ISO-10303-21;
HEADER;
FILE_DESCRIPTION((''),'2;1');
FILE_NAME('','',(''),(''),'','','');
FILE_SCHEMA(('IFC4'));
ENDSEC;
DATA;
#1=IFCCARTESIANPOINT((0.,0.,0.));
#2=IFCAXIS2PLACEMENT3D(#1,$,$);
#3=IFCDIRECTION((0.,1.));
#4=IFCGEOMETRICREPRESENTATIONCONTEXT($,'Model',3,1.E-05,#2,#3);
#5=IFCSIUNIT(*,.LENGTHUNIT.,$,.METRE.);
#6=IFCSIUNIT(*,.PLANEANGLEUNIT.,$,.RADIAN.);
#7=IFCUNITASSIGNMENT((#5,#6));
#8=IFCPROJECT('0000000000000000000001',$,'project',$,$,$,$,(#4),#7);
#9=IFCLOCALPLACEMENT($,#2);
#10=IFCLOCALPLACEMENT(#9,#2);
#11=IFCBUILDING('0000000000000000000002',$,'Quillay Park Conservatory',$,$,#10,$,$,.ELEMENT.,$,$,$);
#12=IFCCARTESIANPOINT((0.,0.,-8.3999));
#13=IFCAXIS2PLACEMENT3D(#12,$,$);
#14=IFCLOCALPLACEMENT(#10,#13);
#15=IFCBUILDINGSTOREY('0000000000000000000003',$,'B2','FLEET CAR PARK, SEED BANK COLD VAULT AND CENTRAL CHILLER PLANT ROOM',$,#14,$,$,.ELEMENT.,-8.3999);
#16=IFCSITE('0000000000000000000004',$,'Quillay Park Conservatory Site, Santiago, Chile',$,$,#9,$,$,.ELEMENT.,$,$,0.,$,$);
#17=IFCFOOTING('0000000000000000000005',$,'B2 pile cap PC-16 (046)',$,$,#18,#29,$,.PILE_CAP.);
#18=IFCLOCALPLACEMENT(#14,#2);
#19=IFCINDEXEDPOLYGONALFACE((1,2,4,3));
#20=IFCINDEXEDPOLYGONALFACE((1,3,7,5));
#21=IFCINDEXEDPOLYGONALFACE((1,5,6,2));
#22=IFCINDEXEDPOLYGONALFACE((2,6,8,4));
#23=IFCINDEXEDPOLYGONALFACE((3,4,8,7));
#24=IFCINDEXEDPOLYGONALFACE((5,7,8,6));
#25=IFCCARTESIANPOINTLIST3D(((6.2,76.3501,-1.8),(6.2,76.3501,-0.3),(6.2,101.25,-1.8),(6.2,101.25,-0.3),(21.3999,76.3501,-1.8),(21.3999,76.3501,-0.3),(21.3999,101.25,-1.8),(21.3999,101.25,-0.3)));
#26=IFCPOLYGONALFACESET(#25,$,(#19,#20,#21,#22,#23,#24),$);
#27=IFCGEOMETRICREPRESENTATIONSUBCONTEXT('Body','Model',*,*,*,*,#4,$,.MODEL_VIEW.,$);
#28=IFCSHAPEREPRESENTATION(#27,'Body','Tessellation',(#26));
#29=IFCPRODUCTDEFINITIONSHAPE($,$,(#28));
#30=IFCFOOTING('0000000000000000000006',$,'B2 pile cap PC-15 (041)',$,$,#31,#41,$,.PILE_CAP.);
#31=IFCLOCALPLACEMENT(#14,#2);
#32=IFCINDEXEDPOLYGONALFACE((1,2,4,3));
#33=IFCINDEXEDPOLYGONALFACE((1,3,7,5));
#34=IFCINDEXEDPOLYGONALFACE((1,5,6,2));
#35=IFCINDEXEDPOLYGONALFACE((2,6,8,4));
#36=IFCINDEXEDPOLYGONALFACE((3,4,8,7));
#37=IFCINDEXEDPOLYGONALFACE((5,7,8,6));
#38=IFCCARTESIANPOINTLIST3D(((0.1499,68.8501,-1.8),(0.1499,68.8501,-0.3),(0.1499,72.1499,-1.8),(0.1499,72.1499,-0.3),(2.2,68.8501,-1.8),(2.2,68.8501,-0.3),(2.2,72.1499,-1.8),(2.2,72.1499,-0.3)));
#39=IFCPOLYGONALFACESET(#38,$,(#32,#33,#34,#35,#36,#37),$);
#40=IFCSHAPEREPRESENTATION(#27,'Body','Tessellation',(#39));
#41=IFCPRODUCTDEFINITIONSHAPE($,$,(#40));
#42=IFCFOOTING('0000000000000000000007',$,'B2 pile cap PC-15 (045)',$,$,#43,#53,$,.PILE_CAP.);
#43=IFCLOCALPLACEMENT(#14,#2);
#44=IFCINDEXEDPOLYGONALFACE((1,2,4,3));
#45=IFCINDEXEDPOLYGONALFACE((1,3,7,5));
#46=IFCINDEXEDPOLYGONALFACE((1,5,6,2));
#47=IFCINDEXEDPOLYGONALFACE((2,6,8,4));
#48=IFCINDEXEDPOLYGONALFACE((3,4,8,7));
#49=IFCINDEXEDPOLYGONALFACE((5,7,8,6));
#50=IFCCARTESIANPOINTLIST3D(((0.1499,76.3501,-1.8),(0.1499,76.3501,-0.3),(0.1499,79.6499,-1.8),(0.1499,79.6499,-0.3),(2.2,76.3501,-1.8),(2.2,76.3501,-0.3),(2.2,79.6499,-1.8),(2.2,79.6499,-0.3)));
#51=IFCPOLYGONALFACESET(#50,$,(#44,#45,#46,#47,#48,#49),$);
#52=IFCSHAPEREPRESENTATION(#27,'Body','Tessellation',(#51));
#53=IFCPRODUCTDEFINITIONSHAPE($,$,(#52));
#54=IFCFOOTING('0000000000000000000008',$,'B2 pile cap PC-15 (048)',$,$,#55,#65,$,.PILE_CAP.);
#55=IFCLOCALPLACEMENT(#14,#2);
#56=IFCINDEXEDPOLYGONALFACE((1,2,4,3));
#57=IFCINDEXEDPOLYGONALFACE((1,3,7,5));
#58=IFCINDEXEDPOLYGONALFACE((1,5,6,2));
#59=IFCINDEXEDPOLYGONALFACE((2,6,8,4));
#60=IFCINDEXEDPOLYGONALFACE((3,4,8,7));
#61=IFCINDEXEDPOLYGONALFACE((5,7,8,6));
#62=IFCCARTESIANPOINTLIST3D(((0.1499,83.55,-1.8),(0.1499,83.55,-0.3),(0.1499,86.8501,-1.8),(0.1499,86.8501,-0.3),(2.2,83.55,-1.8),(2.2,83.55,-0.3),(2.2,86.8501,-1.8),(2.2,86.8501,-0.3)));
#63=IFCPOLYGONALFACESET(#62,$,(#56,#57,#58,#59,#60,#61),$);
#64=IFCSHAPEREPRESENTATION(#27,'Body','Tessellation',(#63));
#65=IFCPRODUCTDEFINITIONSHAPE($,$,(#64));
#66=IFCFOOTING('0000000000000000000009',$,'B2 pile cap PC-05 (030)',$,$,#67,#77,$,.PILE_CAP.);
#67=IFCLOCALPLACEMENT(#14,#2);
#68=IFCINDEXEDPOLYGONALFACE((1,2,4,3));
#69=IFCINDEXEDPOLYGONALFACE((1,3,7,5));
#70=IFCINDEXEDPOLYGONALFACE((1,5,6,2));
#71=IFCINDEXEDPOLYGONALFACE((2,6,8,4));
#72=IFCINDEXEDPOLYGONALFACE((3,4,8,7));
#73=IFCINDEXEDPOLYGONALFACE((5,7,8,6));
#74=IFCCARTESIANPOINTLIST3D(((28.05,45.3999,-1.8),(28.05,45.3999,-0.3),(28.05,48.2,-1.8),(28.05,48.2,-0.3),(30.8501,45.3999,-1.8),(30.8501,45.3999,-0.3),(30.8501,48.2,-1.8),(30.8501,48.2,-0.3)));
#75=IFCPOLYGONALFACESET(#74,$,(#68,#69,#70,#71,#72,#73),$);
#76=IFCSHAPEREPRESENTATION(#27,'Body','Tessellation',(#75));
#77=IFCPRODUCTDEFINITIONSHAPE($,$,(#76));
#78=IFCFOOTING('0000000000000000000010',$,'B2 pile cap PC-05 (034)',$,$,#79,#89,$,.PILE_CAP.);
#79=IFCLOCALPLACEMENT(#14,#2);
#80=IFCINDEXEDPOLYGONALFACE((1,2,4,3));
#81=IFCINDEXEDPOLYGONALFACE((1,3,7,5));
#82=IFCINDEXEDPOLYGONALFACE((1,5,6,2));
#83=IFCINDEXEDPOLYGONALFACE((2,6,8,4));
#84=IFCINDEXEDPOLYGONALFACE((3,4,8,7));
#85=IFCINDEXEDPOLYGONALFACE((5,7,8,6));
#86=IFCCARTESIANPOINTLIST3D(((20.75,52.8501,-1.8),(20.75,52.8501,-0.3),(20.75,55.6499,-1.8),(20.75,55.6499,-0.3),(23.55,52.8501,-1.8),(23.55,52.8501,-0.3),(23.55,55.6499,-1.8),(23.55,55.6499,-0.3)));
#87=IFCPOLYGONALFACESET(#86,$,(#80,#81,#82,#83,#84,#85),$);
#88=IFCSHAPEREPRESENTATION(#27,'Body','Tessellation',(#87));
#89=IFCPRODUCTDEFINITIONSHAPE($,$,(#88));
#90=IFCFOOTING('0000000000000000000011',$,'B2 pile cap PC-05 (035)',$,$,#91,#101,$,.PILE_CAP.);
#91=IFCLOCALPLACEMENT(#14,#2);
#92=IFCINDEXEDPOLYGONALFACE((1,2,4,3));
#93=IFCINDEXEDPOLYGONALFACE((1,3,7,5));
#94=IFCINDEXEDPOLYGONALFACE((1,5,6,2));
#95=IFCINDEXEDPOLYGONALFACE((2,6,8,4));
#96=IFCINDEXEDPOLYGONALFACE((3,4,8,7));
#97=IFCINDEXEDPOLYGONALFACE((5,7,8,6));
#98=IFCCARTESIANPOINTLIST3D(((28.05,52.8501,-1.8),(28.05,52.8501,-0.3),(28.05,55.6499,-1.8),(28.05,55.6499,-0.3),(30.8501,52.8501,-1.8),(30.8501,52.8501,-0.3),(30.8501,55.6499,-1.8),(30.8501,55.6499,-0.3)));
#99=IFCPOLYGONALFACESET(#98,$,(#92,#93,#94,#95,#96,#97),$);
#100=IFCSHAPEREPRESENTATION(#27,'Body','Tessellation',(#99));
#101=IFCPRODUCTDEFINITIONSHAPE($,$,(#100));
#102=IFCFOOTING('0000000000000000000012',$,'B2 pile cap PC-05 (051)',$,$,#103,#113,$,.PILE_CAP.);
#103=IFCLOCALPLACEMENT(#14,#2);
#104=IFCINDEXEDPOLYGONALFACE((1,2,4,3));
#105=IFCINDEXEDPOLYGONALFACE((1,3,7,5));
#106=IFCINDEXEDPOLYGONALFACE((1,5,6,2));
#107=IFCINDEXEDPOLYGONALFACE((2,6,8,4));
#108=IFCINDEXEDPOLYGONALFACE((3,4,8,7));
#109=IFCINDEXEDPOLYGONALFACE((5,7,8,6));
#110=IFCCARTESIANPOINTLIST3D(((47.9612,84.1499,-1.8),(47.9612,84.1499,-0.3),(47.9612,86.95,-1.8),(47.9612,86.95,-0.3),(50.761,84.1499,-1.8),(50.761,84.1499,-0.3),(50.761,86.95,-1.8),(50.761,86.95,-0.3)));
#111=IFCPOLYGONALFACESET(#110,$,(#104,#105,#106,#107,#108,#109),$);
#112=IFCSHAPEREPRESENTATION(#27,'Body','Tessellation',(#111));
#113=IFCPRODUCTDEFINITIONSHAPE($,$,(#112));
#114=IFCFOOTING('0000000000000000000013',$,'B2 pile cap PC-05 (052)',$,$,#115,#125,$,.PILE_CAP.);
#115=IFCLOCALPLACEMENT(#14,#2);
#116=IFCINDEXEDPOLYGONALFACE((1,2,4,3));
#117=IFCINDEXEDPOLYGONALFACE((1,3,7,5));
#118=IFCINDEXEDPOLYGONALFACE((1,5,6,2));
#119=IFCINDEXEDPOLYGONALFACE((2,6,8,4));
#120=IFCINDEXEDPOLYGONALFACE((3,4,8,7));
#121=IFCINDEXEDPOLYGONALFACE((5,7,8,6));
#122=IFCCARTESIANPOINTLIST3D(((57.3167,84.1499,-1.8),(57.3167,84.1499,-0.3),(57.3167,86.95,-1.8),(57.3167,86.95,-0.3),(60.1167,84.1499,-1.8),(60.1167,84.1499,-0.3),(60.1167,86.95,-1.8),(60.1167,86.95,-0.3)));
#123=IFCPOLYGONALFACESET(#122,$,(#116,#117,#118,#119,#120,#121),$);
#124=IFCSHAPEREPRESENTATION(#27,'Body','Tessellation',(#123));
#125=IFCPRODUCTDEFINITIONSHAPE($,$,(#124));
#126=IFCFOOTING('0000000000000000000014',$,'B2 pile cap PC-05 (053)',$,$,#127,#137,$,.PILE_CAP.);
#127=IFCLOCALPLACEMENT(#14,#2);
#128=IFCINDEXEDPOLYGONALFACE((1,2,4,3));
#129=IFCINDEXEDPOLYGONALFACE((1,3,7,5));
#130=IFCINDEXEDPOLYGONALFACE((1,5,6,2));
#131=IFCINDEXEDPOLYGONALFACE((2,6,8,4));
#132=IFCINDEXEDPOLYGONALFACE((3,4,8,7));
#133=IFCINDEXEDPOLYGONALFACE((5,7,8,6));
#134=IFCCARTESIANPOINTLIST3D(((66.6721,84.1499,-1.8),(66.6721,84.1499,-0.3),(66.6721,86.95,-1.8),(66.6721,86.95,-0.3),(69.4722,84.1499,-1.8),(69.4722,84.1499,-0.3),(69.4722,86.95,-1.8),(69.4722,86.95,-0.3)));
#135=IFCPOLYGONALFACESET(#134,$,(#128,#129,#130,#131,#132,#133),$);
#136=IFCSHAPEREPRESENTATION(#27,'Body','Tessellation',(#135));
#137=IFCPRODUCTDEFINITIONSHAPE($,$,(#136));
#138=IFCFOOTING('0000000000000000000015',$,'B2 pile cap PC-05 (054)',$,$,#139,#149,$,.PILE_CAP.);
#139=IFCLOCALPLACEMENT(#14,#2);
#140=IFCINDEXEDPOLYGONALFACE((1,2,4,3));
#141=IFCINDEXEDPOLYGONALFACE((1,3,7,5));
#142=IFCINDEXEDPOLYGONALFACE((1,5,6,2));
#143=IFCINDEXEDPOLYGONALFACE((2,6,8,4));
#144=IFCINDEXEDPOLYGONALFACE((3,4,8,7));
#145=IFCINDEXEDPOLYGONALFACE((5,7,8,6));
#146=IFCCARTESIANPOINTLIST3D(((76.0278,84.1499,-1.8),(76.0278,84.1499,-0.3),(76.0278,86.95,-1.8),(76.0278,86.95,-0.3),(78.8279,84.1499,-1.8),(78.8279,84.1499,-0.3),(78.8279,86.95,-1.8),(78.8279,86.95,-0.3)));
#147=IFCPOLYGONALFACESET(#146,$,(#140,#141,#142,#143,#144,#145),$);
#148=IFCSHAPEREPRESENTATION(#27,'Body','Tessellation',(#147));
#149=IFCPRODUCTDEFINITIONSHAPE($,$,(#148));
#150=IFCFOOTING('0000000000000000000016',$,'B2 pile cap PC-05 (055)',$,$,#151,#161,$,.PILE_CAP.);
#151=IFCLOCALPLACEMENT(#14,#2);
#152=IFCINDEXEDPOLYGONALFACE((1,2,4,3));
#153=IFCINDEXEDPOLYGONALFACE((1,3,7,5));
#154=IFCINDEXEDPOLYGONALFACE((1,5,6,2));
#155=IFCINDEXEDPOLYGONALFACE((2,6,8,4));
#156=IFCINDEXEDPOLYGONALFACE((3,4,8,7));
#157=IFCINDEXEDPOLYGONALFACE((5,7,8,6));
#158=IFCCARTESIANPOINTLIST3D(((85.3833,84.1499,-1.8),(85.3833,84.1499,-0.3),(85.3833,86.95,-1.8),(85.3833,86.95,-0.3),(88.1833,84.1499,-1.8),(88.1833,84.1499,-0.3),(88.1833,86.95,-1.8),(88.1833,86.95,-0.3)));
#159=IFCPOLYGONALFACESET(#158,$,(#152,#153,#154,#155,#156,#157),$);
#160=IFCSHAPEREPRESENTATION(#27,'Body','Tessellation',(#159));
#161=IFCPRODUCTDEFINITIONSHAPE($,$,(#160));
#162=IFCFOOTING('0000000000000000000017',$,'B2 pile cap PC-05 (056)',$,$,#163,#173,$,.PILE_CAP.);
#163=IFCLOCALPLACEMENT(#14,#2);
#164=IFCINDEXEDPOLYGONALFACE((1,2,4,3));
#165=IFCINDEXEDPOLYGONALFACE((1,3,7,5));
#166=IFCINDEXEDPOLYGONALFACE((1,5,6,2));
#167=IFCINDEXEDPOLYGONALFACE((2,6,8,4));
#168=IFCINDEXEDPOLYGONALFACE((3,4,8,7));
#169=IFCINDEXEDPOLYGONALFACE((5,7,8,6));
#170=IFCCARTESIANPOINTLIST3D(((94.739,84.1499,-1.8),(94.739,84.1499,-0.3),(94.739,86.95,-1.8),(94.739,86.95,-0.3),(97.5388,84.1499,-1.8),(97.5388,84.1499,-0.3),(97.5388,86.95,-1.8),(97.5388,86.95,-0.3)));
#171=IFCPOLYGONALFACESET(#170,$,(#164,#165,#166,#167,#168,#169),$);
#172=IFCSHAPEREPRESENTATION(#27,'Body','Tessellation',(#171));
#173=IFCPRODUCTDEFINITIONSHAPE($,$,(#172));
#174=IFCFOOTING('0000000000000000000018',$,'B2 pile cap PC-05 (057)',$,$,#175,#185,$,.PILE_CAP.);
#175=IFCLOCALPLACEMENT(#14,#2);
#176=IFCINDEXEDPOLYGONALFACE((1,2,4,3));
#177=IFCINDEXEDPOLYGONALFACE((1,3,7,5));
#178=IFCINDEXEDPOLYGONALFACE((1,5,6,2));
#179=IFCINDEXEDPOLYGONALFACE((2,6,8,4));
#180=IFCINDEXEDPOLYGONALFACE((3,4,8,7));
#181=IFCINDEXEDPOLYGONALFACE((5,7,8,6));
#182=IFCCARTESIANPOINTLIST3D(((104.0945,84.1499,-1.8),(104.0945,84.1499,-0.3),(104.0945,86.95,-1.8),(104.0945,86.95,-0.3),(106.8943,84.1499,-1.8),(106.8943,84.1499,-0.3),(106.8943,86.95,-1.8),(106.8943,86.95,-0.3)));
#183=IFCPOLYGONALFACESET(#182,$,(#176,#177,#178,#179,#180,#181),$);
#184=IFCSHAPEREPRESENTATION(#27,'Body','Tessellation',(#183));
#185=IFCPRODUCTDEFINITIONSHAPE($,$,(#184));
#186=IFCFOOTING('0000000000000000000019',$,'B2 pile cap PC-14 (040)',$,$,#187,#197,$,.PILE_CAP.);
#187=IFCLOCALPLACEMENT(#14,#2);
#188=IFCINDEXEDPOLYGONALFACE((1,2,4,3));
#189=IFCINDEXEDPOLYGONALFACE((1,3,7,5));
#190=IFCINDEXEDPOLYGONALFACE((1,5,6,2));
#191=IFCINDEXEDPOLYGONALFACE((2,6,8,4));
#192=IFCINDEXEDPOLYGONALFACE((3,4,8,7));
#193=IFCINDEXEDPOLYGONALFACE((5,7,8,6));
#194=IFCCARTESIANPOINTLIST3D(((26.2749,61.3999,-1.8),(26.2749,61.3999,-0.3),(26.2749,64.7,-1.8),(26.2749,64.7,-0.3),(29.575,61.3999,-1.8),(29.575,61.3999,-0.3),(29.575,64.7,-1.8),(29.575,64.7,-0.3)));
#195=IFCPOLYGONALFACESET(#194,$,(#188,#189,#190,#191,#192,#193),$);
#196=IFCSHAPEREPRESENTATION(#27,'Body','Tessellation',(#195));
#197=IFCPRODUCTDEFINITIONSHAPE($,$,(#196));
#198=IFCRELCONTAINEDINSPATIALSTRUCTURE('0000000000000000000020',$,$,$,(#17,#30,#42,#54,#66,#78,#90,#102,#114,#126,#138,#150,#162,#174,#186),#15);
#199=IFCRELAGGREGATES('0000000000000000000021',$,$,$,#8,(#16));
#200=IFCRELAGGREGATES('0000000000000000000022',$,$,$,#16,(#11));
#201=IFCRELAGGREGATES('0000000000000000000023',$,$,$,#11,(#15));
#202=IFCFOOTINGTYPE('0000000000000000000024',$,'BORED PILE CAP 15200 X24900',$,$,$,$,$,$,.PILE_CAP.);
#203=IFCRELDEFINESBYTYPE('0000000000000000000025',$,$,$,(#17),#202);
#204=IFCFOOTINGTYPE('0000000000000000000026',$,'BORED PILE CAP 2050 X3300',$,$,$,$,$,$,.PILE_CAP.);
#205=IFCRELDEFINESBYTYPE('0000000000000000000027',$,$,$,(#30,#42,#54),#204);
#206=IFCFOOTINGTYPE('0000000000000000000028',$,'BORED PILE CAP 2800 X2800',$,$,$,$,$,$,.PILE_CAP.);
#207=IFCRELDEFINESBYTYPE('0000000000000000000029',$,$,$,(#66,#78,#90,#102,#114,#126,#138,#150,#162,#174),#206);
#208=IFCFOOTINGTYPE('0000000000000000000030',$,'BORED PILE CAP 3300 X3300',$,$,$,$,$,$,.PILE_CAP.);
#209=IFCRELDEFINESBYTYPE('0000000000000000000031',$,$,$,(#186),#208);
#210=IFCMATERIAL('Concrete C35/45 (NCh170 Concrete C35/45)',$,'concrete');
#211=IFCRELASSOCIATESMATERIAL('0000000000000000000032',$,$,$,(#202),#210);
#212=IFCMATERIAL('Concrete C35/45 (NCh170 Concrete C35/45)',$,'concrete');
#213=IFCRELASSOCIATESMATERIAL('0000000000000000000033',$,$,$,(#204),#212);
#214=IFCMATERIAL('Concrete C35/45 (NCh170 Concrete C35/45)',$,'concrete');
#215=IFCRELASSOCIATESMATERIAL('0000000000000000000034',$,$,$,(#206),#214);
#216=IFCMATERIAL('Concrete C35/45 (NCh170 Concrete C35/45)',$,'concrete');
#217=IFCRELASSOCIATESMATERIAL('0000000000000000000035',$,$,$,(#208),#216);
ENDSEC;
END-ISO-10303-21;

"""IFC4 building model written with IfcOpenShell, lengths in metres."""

from ifc_helpers import new_model, si_unit, direction, frame, origin, place, context, subcontext, project, spatial, polyline, outline, extrude, material, type_object, element, save


model = new_model("IFC4")

# Units and contexts
model_context = context("Model", 3, precision=1e-05, world=origin(), true_north=direction((0.0, 1.0)))
body_context = subcontext(model_context, "Body", "Model", "MODEL_VIEW")
ifc_project = project(units=[si_unit("LENGTHUNIT", "METRE"), si_unit("PLANEANGLEUNIT", "RADIAN")], contexts=[model_context])

# Site, building, storey
site_placement = place(None, origin())
site = spatial("IfcSite", under=ifc_project, at=site_placement, Name="Quillay Park Conservatory Site, Santiago, Chile", CompositionType="ELEMENT", RefElevation=0.0)
building_placement = place(site_placement, origin())
building = spatial("IfcBuilding", under=site, at=building_placement, Name="Quillay Park Conservatory", CompositionType="ELEMENT")
storey_placement = place(building_placement, frame((0.0, 0.0, -8.3999)))
storey = spatial("IfcBuildingStorey", under=building, at=storey_placement, Name="B2", Description="FLEET CAR PARK, SEED BANK COLD VAULT AND CENTRAL CHILLER PLANT ROOM", CompositionType="ELEMENT", Elevation=-8.3999)

# Footings
ifc_material_1 = material(Name="Concrete C35/45 (NCh170 Concrete C35/45)", Category="concrete")
footing_type_1 = type_object("IfcFootingType", Name="BORED PILE CAP 15200 X24900", PredefinedType="PILE_CAP", material=ifc_material_1)
footing_1_placement = place(storey_placement, frame((0.0, 0.0, -1.8)))
element("IfcFooting", 1, at=footing_1_placement, inside=storey, type_object=footing_type_1, Name="B2 pile cap PC-16 (046)", PredefinedType="PILE_CAP", context=body_context, shape_type="SweptSolid", body=[
    extrude(outline(polyline([(6.2, 76.3501), (21.3999, 76.3501), (21.3999, 101.25), (6.2, 101.25), (6.2, 76.3501)])), origin(), (0.0, 0.0, 1.0), 1.5),
])
ifc_material_2 = material(Name="Concrete C35/45 (NCh170 Concrete C35/45)", Category="concrete")
footing_type_2 = type_object("IfcFootingType", Name="BORED PILE CAP 2050 X3300", PredefinedType="PILE_CAP", material=ifc_material_2)
footing_2_placement = place(storey_placement, frame((0.0, 0.0, -1.8)))
element("IfcFooting", 2, at=footing_2_placement, inside=storey, type_object=footing_type_2, Name="B2 pile cap PC-15 (041)", PredefinedType="PILE_CAP", context=body_context, shape_type="SweptSolid", body=[
    extrude(outline(polyline([(0.1499, 68.8501), (2.2, 68.8501), (2.2, 72.1499), (0.1499, 72.1499), (0.1499, 68.8501)])), origin(), (0.0, 0.0, 1.0), 1.5),
])
footing_3_placement = place(storey_placement, frame((0.0, 0.0, -1.8)))
element("IfcFooting", 3, at=footing_3_placement, inside=storey, type_object=footing_type_2, Name="B2 pile cap PC-15 (045)", PredefinedType="PILE_CAP", context=body_context, shape_type="SweptSolid", body=[
    extrude(outline(polyline([(0.1499, 76.3501), (2.2, 76.3501), (2.2, 79.6499), (0.1499, 79.6499), (0.1499, 76.3501)])), origin(), (0.0, 0.0, 1.0), 1.5),
])
footing_4_placement = place(storey_placement, frame((0.0, 0.0, -1.8)))
element("IfcFooting", 4, at=footing_4_placement, inside=storey, type_object=footing_type_2, Name="B2 pile cap PC-15 (048)", PredefinedType="PILE_CAP", context=body_context, shape_type="SweptSolid", body=[
    extrude(outline(polyline([(0.1499, 83.55), (2.2, 83.55), (2.2, 86.8501), (0.1499, 86.8501), (0.1499, 83.55)])), origin(), (0.0, 0.0, 1.0), 1.5),
])
ifc_material_3 = material(Name="Concrete C35/45 (NCh170 Concrete C35/45)", Category="concrete")
footing_type_3 = type_object("IfcFootingType", Name="BORED PILE CAP 2800 X2800", PredefinedType="PILE_CAP", material=ifc_material_3)
footing_5_placement = place(storey_placement, frame((0.0, 0.0, -1.8)))
element("IfcFooting", 5, at=footing_5_placement, inside=storey, type_object=footing_type_3, Name="B2 pile cap PC-05 (030)", PredefinedType="PILE_CAP", context=body_context, shape_type="SweptSolid", body=[
    extrude(outline(polyline([(28.05, 45.3999), (30.8501, 45.3999), (30.8501, 48.2), (28.05, 48.2), (28.05, 45.3999)])), origin(), (0.0, 0.0, 1.0), 1.5),
])
footing_6_placement = place(storey_placement, frame((0.0, 0.0, -1.8)))
element("IfcFooting", 6, at=footing_6_placement, inside=storey, type_object=footing_type_3, Name="B2 pile cap PC-05 (034)", PredefinedType="PILE_CAP", context=body_context, shape_type="SweptSolid", body=[
    extrude(outline(polyline([(20.75, 52.8501), (23.55, 52.8501), (23.55, 55.6499), (20.75, 55.6499), (20.75, 52.8501)])), origin(), (0.0, 0.0, 1.0), 1.5),
])
footing_7_placement = place(storey_placement, frame((0.0, 0.0, -1.8)))
element("IfcFooting", 7, at=footing_7_placement, inside=storey, type_object=footing_type_3, Name="B2 pile cap PC-05 (035)", PredefinedType="PILE_CAP", context=body_context, shape_type="SweptSolid", body=[
    extrude(outline(polyline([(28.05, 52.8501), (30.8501, 52.8501), (30.8501, 55.6499), (28.05, 55.6499), (28.05, 52.8501)])), origin(), (0.0, 0.0, 1.0), 1.5),
])
footing_8_placement = place(storey_placement, frame((0.0, 0.0, -1.8)))
element("IfcFooting", 8, at=footing_8_placement, inside=storey, type_object=footing_type_3, Name="B2 pile cap PC-05 (051)", PredefinedType="PILE_CAP", context=body_context, shape_type="SweptSolid", body=[
    extrude(outline(polyline([(47.9612, 84.1499), (50.761, 84.1499), (50.761, 86.95), (47.9612, 86.95), (47.9612, 84.1499)])), origin(), (0.0, 0.0, 1.0), 1.5),
])
footing_9_placement = place(storey_placement, frame((0.0, 0.0, -1.8)))
element("IfcFooting", 9, at=footing_9_placement, inside=storey, type_object=footing_type_3, Name="B2 pile cap PC-05 (052)", PredefinedType="PILE_CAP", context=body_context, shape_type="SweptSolid", body=[
    extrude(outline(polyline([(57.3167, 84.1499), (60.1167, 84.1499), (60.1167, 86.95), (57.3167, 86.95), (57.3167, 84.1499)])), origin(), (0.0, 0.0, 1.0), 1.5),
])
footing_10_placement = place(storey_placement, frame((0.0, 0.0, -1.8)))
element("IfcFooting", 10, at=footing_10_placement, inside=storey, type_object=footing_type_3, Name="B2 pile cap PC-05 (053)", PredefinedType="PILE_CAP", context=body_context, shape_type="SweptSolid", body=[
    extrude(outline(polyline([(66.6721, 84.1499), (69.4722, 84.1499), (69.4722, 86.95), (66.6721, 86.95), (66.6721, 84.1499)])), origin(), (0.0, 0.0, 1.0), 1.5),
])
footing_11_placement = place(storey_placement, frame((0.0, 0.0, -1.8)))
element("IfcFooting", 11, at=footing_11_placement, inside=storey, type_object=footing_type_3, Name="B2 pile cap PC-05 (054)", PredefinedType="PILE_CAP", context=body_context, shape_type="SweptSolid", body=[
    extrude(outline(polyline([(76.0278, 84.1499), (78.8279, 84.1499), (78.8279, 86.95), (76.0278, 86.95), (76.0278, 84.1499)])), origin(), (0.0, 0.0, 1.0), 1.5),
])
footing_12_placement = place(storey_placement, frame((0.0, 0.0, -1.8)))
element("IfcFooting", 12, at=footing_12_placement, inside=storey, type_object=footing_type_3, Name="B2 pile cap PC-05 (055)", PredefinedType="PILE_CAP", context=body_context, shape_type="SweptSolid", body=[
    extrude(outline(polyline([(85.3833, 84.1499), (88.1833, 84.1499), (88.1833, 86.95), (85.3833, 86.95), (85.3833, 84.1499)])), origin(), (0.0, 0.0, 1.0), 1.5),
])
footing_13_placement = place(storey_placement, frame((0.0, 0.0, -1.8)))
element("IfcFooting", 13, at=footing_13_placement, inside=storey, type_object=footing_type_3, Name="B2 pile cap PC-05 (056)", PredefinedType="PILE_CAP", context=body_context, shape_type="SweptSolid", body=[
    extrude(outline(polyline([(94.739, 84.1499), (97.5388, 84.1499), (97.5388, 86.95), (94.739, 86.95), (94.739, 84.1499)])), origin(), (0.0, 0.0, 1.0), 1.5),
])
footing_14_placement = place(storey_placement, frame((0.0, 0.0, -1.8)))
element("IfcFooting", 14, at=footing_14_placement, inside=storey, type_object=footing_type_3, Name="B2 pile cap PC-05 (057)", PredefinedType="PILE_CAP", context=body_context, shape_type="SweptSolid", body=[
    extrude(outline(polyline([(104.0945, 84.1499), (106.8943, 84.1499), (106.8943, 86.95), (104.0945, 86.95), (104.0945, 84.1499)])), origin(), (0.0, 0.0, 1.0), 1.5),
])
ifc_material_4 = material(Name="Concrete C35/45 (NCh170 Concrete C35/45)", Category="concrete")
footing_type_4 = type_object("IfcFootingType", Name="BORED PILE CAP 3300 X3300", PredefinedType="PILE_CAP", material=ifc_material_4)
footing_15_placement = place(storey_placement, frame((0.0, 0.0, -1.8)))
element("IfcFooting", 15, at=footing_15_placement, inside=storey, type_object=footing_type_4, Name="B2 pile cap PC-14 (040)", PredefinedType="PILE_CAP", context=body_context, shape_type="SweptSolid", body=[
    extrude(outline(polyline([(26.2749, 61.3999), (29.575, 61.3999), (29.575, 64.7), (26.2749, 64.7), (26.2749, 61.3999)])), origin(), (0.0, 0.0, 1.0), 1.5),
])

save(model, "model.ifc")
